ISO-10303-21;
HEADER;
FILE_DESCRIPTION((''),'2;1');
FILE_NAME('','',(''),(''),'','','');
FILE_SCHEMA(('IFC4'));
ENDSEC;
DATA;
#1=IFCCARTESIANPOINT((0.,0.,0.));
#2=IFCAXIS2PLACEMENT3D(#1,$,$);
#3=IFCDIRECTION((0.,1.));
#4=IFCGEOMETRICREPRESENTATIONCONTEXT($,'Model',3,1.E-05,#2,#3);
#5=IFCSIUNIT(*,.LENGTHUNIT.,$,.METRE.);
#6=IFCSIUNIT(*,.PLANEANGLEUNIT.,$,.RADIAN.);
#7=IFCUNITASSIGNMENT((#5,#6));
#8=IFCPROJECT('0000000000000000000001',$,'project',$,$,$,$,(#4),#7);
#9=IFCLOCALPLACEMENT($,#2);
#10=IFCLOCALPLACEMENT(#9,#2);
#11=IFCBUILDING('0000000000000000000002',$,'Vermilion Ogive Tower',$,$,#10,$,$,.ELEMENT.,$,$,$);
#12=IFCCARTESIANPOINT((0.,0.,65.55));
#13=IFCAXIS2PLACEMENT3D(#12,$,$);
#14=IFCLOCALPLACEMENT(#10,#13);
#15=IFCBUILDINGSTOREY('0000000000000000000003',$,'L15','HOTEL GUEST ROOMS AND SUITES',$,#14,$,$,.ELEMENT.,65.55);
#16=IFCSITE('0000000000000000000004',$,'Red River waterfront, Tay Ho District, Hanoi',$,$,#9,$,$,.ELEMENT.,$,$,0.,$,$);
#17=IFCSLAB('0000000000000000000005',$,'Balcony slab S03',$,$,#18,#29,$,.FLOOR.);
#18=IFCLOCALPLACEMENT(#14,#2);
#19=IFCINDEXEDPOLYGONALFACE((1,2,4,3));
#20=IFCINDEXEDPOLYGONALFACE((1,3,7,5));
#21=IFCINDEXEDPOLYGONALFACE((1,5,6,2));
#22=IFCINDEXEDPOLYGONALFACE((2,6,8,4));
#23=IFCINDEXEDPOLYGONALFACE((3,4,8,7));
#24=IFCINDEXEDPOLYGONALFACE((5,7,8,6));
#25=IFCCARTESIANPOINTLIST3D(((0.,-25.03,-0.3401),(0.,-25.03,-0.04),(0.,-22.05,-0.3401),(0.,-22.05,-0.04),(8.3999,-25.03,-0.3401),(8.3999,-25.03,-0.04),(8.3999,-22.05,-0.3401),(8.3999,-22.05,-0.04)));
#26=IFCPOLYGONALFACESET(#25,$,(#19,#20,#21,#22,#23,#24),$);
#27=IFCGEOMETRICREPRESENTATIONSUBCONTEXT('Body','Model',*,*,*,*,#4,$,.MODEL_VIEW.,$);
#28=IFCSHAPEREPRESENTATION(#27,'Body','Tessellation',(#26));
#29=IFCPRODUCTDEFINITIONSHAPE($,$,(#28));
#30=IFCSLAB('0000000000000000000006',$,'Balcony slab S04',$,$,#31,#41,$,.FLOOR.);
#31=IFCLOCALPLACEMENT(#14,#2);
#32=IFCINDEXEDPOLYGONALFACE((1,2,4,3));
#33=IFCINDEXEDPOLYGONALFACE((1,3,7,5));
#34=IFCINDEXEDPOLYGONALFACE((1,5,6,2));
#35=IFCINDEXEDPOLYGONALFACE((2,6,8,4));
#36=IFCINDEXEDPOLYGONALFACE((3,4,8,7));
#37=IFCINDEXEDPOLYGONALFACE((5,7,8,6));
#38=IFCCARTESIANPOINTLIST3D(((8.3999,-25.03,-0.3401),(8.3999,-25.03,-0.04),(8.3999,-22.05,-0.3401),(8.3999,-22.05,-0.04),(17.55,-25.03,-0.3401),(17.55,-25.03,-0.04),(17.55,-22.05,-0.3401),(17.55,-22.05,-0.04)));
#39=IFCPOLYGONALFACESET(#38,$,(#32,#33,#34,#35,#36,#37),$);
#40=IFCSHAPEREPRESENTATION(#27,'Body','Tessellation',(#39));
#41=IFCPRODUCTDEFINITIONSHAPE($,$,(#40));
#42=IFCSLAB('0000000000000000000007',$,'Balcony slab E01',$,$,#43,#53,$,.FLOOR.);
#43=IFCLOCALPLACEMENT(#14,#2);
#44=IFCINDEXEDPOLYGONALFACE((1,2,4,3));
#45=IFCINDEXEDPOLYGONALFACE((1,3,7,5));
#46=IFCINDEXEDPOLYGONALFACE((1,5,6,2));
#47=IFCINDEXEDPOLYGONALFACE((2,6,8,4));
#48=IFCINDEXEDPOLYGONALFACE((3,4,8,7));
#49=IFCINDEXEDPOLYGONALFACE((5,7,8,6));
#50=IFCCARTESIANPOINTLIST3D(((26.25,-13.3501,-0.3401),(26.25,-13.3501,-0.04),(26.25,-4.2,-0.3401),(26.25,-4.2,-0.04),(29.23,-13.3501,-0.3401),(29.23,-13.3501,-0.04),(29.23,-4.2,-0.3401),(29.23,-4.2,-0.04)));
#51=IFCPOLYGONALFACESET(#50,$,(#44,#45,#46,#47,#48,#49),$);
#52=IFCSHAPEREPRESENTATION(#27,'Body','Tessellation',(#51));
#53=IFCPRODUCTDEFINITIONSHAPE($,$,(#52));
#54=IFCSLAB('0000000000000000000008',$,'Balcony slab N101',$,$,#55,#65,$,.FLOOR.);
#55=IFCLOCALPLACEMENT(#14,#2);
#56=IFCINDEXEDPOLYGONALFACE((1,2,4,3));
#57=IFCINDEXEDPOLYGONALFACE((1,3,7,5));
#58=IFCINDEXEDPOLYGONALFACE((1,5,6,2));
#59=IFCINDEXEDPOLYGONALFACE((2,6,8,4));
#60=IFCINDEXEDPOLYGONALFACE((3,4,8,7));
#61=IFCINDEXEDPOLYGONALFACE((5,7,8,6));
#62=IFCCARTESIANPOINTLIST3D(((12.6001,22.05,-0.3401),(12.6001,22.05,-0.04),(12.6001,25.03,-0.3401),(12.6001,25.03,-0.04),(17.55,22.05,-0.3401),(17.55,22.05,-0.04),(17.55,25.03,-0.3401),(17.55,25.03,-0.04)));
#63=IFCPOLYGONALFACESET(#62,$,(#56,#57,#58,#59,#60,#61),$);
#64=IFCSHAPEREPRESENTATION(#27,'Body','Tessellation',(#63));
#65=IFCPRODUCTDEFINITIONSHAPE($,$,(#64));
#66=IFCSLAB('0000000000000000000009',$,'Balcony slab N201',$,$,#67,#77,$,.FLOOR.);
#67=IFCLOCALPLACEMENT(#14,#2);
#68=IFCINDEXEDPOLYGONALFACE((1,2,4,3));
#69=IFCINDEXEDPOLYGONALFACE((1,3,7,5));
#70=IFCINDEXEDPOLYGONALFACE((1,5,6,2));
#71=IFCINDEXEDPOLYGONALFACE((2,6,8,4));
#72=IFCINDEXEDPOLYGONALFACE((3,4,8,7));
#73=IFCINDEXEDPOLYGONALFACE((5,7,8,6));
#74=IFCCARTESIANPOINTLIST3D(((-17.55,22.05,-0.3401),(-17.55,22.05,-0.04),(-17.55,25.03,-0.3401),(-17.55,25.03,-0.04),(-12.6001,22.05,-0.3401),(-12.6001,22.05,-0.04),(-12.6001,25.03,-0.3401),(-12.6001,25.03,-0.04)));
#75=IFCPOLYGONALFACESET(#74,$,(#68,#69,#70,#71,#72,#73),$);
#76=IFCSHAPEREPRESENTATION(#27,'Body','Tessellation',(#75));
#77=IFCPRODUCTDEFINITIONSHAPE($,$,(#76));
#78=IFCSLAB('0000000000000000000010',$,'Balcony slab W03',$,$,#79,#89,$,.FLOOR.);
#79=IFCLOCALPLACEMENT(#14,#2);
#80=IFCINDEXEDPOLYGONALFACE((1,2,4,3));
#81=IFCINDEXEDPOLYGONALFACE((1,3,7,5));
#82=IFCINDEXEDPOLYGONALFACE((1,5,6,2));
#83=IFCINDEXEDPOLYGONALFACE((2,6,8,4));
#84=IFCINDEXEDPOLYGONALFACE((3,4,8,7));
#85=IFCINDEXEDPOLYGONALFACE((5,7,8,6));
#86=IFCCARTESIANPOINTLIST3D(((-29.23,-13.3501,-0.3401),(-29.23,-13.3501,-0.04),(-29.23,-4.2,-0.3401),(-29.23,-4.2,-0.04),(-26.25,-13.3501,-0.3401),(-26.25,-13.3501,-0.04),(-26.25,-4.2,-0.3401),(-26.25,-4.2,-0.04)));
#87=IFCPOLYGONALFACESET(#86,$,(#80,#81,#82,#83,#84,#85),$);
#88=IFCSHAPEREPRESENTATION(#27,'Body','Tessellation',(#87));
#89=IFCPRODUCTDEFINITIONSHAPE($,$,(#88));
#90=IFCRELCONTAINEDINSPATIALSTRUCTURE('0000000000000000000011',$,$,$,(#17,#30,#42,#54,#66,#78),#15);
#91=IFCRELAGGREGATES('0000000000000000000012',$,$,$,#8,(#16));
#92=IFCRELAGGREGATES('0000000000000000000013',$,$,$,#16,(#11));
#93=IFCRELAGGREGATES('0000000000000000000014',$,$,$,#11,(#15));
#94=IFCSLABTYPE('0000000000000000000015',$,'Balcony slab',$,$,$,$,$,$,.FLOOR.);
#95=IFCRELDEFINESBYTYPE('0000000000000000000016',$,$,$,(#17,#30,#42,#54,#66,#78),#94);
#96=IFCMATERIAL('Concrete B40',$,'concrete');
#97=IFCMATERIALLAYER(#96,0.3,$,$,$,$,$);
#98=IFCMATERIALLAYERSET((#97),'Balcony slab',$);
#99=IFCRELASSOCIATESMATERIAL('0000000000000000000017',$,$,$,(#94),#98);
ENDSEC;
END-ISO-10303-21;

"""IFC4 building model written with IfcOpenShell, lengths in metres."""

from ifc_helpers import new_model, si_unit, direction, frame, origin, place, context, subcontext, project, spatial, polyline, outline, extrude, material, layer, layer_set, type_object, element, save


model = new_model("IFC4")

# Units and contexts
model_context = context("Model", 3, precision=1e-05, world=origin(), true_north=direction((0.0, 1.0)))
body_context = subcontext(model_context, "Body", "Model", "MODEL_VIEW")
ifc_project = project(units=[si_unit("LENGTHUNIT", "METRE"), si_unit("PLANEANGLEUNIT", "RADIAN")], contexts=[model_context])

# Site, building, storey
site_placement = place(None, origin())
site = spatial("IfcSite", under=ifc_project, at=site_placement, Name="Red River waterfront, Tay Ho District, Hanoi", CompositionType="ELEMENT", RefElevation=0.0)
building_placement = place(site_placement, origin())
building = spatial("IfcBuilding", under=site, at=building_placement, Name="Vermilion Ogive Tower", CompositionType="ELEMENT")
storey_placement = place(building_placement, frame((0.0, 0.0, 65.55)))
storey = spatial("IfcBuildingStorey", under=building, at=storey_placement, Name="L15", Description="HOTEL GUEST ROOMS AND SUITES", CompositionType="ELEMENT", Elevation=65.55)

# Slabs
ifc_material_1 = material(Name="Concrete B40", Category="concrete")
ifc_layer_1 = layer(ifc_material_1, 0.3)
ifc_layer_set_1 = layer_set([ifc_layer_1], Name="Balcony slab")
slab_type_1 = type_object("IfcSlabType", Name="Balcony slab", PredefinedType="FLOOR", material=ifc_layer_set_1)
slab_1_placement = place(storey_placement, frame((0.0, 0.0, -0.3401)))
element("IfcSlab", 1, at=slab_1_placement, inside=storey, type_object=slab_type_1, Name="Balcony slab S03", PredefinedType="FLOOR", context=body_context, shape_type="SweptSolid", body=[
    extrude(outline(polyline([(0.0, -25.03), (8.3999, -25.03), (8.3999, -22.05), (0.0, -22.05), (0.0, -25.03)])), origin(), (0.0, 0.0, 1.0), 0.3),
])
slab_2_placement = place(storey_placement, frame((0.0, 0.0, -0.3401)))
element("IfcSlab", 2, at=slab_2_placement, inside=storey, type_object=slab_type_1, Name="Balcony slab S04", PredefinedType="FLOOR", context=body_context, shape_type="SweptSolid", body=[
    extrude(outline(polyline([(8.3999, -25.03), (17.55, -25.03), (17.55, -22.05), (8.3999, -22.05), (8.3999, -25.03)])), origin(), (0.0, 0.0, 1.0), 0.3),
])
slab_3_placement = place(storey_placement, frame((0.0, 0.0, -0.3401)))
element("IfcSlab", 3, at=slab_3_placement, inside=storey, type_object=slab_type_1, Name="Balcony slab E01", PredefinedType="FLOOR", context=body_context, shape_type="SweptSolid", body=[
    extrude(outline(polyline([(29.23, -13.3501), (29.23, -4.2), (26.25, -4.2), (26.25, -13.3501), (29.23, -13.3501)])), origin(), (0.0, 0.0, 1.0), 0.3),
])
slab_4_placement = place(storey_placement, frame((0.0, 0.0, -0.3401)))
element("IfcSlab", 4, at=slab_4_placement, inside=storey, type_object=slab_type_1, Name="Balcony slab N101", PredefinedType="FLOOR", context=body_context, shape_type="SweptSolid", body=[
    extrude(outline(polyline([(17.55, 25.03), (12.6001, 25.03), (12.6001, 22.05), (17.55, 22.05), (17.55, 25.03)])), origin(), (0.0, 0.0, 1.0), 0.3),
])
slab_5_placement = place(storey_placement, frame((0.0, 0.0, -0.3401)))
element("IfcSlab", 5, at=slab_5_placement, inside=storey, type_object=slab_type_1, Name="Balcony slab N201", PredefinedType="FLOOR", context=body_context, shape_type="SweptSolid", body=[
    extrude(outline(polyline([(-12.6001, 25.03), (-17.55, 25.03), (-17.55, 22.05), (-12.6001, 22.05), (-12.6001, 25.03)])), origin(), (0.0, 0.0, 1.0), 0.3),
])
slab_6_placement = place(storey_placement, frame((0.0, 0.0, -0.3401)))
element("IfcSlab", 6, at=slab_6_placement, inside=storey, type_object=slab_type_1, Name="Balcony slab W03", PredefinedType="FLOOR", context=body_context, shape_type="SweptSolid", body=[
    extrude(outline(polyline([(-29.23, -4.2), (-29.23, -13.3501), (-26.25, -13.3501), (-26.25, -4.2), (-29.23, -4.2)])), origin(), (0.0, 0.0, 1.0), 0.3),
])

save(model, "model.ifc")
